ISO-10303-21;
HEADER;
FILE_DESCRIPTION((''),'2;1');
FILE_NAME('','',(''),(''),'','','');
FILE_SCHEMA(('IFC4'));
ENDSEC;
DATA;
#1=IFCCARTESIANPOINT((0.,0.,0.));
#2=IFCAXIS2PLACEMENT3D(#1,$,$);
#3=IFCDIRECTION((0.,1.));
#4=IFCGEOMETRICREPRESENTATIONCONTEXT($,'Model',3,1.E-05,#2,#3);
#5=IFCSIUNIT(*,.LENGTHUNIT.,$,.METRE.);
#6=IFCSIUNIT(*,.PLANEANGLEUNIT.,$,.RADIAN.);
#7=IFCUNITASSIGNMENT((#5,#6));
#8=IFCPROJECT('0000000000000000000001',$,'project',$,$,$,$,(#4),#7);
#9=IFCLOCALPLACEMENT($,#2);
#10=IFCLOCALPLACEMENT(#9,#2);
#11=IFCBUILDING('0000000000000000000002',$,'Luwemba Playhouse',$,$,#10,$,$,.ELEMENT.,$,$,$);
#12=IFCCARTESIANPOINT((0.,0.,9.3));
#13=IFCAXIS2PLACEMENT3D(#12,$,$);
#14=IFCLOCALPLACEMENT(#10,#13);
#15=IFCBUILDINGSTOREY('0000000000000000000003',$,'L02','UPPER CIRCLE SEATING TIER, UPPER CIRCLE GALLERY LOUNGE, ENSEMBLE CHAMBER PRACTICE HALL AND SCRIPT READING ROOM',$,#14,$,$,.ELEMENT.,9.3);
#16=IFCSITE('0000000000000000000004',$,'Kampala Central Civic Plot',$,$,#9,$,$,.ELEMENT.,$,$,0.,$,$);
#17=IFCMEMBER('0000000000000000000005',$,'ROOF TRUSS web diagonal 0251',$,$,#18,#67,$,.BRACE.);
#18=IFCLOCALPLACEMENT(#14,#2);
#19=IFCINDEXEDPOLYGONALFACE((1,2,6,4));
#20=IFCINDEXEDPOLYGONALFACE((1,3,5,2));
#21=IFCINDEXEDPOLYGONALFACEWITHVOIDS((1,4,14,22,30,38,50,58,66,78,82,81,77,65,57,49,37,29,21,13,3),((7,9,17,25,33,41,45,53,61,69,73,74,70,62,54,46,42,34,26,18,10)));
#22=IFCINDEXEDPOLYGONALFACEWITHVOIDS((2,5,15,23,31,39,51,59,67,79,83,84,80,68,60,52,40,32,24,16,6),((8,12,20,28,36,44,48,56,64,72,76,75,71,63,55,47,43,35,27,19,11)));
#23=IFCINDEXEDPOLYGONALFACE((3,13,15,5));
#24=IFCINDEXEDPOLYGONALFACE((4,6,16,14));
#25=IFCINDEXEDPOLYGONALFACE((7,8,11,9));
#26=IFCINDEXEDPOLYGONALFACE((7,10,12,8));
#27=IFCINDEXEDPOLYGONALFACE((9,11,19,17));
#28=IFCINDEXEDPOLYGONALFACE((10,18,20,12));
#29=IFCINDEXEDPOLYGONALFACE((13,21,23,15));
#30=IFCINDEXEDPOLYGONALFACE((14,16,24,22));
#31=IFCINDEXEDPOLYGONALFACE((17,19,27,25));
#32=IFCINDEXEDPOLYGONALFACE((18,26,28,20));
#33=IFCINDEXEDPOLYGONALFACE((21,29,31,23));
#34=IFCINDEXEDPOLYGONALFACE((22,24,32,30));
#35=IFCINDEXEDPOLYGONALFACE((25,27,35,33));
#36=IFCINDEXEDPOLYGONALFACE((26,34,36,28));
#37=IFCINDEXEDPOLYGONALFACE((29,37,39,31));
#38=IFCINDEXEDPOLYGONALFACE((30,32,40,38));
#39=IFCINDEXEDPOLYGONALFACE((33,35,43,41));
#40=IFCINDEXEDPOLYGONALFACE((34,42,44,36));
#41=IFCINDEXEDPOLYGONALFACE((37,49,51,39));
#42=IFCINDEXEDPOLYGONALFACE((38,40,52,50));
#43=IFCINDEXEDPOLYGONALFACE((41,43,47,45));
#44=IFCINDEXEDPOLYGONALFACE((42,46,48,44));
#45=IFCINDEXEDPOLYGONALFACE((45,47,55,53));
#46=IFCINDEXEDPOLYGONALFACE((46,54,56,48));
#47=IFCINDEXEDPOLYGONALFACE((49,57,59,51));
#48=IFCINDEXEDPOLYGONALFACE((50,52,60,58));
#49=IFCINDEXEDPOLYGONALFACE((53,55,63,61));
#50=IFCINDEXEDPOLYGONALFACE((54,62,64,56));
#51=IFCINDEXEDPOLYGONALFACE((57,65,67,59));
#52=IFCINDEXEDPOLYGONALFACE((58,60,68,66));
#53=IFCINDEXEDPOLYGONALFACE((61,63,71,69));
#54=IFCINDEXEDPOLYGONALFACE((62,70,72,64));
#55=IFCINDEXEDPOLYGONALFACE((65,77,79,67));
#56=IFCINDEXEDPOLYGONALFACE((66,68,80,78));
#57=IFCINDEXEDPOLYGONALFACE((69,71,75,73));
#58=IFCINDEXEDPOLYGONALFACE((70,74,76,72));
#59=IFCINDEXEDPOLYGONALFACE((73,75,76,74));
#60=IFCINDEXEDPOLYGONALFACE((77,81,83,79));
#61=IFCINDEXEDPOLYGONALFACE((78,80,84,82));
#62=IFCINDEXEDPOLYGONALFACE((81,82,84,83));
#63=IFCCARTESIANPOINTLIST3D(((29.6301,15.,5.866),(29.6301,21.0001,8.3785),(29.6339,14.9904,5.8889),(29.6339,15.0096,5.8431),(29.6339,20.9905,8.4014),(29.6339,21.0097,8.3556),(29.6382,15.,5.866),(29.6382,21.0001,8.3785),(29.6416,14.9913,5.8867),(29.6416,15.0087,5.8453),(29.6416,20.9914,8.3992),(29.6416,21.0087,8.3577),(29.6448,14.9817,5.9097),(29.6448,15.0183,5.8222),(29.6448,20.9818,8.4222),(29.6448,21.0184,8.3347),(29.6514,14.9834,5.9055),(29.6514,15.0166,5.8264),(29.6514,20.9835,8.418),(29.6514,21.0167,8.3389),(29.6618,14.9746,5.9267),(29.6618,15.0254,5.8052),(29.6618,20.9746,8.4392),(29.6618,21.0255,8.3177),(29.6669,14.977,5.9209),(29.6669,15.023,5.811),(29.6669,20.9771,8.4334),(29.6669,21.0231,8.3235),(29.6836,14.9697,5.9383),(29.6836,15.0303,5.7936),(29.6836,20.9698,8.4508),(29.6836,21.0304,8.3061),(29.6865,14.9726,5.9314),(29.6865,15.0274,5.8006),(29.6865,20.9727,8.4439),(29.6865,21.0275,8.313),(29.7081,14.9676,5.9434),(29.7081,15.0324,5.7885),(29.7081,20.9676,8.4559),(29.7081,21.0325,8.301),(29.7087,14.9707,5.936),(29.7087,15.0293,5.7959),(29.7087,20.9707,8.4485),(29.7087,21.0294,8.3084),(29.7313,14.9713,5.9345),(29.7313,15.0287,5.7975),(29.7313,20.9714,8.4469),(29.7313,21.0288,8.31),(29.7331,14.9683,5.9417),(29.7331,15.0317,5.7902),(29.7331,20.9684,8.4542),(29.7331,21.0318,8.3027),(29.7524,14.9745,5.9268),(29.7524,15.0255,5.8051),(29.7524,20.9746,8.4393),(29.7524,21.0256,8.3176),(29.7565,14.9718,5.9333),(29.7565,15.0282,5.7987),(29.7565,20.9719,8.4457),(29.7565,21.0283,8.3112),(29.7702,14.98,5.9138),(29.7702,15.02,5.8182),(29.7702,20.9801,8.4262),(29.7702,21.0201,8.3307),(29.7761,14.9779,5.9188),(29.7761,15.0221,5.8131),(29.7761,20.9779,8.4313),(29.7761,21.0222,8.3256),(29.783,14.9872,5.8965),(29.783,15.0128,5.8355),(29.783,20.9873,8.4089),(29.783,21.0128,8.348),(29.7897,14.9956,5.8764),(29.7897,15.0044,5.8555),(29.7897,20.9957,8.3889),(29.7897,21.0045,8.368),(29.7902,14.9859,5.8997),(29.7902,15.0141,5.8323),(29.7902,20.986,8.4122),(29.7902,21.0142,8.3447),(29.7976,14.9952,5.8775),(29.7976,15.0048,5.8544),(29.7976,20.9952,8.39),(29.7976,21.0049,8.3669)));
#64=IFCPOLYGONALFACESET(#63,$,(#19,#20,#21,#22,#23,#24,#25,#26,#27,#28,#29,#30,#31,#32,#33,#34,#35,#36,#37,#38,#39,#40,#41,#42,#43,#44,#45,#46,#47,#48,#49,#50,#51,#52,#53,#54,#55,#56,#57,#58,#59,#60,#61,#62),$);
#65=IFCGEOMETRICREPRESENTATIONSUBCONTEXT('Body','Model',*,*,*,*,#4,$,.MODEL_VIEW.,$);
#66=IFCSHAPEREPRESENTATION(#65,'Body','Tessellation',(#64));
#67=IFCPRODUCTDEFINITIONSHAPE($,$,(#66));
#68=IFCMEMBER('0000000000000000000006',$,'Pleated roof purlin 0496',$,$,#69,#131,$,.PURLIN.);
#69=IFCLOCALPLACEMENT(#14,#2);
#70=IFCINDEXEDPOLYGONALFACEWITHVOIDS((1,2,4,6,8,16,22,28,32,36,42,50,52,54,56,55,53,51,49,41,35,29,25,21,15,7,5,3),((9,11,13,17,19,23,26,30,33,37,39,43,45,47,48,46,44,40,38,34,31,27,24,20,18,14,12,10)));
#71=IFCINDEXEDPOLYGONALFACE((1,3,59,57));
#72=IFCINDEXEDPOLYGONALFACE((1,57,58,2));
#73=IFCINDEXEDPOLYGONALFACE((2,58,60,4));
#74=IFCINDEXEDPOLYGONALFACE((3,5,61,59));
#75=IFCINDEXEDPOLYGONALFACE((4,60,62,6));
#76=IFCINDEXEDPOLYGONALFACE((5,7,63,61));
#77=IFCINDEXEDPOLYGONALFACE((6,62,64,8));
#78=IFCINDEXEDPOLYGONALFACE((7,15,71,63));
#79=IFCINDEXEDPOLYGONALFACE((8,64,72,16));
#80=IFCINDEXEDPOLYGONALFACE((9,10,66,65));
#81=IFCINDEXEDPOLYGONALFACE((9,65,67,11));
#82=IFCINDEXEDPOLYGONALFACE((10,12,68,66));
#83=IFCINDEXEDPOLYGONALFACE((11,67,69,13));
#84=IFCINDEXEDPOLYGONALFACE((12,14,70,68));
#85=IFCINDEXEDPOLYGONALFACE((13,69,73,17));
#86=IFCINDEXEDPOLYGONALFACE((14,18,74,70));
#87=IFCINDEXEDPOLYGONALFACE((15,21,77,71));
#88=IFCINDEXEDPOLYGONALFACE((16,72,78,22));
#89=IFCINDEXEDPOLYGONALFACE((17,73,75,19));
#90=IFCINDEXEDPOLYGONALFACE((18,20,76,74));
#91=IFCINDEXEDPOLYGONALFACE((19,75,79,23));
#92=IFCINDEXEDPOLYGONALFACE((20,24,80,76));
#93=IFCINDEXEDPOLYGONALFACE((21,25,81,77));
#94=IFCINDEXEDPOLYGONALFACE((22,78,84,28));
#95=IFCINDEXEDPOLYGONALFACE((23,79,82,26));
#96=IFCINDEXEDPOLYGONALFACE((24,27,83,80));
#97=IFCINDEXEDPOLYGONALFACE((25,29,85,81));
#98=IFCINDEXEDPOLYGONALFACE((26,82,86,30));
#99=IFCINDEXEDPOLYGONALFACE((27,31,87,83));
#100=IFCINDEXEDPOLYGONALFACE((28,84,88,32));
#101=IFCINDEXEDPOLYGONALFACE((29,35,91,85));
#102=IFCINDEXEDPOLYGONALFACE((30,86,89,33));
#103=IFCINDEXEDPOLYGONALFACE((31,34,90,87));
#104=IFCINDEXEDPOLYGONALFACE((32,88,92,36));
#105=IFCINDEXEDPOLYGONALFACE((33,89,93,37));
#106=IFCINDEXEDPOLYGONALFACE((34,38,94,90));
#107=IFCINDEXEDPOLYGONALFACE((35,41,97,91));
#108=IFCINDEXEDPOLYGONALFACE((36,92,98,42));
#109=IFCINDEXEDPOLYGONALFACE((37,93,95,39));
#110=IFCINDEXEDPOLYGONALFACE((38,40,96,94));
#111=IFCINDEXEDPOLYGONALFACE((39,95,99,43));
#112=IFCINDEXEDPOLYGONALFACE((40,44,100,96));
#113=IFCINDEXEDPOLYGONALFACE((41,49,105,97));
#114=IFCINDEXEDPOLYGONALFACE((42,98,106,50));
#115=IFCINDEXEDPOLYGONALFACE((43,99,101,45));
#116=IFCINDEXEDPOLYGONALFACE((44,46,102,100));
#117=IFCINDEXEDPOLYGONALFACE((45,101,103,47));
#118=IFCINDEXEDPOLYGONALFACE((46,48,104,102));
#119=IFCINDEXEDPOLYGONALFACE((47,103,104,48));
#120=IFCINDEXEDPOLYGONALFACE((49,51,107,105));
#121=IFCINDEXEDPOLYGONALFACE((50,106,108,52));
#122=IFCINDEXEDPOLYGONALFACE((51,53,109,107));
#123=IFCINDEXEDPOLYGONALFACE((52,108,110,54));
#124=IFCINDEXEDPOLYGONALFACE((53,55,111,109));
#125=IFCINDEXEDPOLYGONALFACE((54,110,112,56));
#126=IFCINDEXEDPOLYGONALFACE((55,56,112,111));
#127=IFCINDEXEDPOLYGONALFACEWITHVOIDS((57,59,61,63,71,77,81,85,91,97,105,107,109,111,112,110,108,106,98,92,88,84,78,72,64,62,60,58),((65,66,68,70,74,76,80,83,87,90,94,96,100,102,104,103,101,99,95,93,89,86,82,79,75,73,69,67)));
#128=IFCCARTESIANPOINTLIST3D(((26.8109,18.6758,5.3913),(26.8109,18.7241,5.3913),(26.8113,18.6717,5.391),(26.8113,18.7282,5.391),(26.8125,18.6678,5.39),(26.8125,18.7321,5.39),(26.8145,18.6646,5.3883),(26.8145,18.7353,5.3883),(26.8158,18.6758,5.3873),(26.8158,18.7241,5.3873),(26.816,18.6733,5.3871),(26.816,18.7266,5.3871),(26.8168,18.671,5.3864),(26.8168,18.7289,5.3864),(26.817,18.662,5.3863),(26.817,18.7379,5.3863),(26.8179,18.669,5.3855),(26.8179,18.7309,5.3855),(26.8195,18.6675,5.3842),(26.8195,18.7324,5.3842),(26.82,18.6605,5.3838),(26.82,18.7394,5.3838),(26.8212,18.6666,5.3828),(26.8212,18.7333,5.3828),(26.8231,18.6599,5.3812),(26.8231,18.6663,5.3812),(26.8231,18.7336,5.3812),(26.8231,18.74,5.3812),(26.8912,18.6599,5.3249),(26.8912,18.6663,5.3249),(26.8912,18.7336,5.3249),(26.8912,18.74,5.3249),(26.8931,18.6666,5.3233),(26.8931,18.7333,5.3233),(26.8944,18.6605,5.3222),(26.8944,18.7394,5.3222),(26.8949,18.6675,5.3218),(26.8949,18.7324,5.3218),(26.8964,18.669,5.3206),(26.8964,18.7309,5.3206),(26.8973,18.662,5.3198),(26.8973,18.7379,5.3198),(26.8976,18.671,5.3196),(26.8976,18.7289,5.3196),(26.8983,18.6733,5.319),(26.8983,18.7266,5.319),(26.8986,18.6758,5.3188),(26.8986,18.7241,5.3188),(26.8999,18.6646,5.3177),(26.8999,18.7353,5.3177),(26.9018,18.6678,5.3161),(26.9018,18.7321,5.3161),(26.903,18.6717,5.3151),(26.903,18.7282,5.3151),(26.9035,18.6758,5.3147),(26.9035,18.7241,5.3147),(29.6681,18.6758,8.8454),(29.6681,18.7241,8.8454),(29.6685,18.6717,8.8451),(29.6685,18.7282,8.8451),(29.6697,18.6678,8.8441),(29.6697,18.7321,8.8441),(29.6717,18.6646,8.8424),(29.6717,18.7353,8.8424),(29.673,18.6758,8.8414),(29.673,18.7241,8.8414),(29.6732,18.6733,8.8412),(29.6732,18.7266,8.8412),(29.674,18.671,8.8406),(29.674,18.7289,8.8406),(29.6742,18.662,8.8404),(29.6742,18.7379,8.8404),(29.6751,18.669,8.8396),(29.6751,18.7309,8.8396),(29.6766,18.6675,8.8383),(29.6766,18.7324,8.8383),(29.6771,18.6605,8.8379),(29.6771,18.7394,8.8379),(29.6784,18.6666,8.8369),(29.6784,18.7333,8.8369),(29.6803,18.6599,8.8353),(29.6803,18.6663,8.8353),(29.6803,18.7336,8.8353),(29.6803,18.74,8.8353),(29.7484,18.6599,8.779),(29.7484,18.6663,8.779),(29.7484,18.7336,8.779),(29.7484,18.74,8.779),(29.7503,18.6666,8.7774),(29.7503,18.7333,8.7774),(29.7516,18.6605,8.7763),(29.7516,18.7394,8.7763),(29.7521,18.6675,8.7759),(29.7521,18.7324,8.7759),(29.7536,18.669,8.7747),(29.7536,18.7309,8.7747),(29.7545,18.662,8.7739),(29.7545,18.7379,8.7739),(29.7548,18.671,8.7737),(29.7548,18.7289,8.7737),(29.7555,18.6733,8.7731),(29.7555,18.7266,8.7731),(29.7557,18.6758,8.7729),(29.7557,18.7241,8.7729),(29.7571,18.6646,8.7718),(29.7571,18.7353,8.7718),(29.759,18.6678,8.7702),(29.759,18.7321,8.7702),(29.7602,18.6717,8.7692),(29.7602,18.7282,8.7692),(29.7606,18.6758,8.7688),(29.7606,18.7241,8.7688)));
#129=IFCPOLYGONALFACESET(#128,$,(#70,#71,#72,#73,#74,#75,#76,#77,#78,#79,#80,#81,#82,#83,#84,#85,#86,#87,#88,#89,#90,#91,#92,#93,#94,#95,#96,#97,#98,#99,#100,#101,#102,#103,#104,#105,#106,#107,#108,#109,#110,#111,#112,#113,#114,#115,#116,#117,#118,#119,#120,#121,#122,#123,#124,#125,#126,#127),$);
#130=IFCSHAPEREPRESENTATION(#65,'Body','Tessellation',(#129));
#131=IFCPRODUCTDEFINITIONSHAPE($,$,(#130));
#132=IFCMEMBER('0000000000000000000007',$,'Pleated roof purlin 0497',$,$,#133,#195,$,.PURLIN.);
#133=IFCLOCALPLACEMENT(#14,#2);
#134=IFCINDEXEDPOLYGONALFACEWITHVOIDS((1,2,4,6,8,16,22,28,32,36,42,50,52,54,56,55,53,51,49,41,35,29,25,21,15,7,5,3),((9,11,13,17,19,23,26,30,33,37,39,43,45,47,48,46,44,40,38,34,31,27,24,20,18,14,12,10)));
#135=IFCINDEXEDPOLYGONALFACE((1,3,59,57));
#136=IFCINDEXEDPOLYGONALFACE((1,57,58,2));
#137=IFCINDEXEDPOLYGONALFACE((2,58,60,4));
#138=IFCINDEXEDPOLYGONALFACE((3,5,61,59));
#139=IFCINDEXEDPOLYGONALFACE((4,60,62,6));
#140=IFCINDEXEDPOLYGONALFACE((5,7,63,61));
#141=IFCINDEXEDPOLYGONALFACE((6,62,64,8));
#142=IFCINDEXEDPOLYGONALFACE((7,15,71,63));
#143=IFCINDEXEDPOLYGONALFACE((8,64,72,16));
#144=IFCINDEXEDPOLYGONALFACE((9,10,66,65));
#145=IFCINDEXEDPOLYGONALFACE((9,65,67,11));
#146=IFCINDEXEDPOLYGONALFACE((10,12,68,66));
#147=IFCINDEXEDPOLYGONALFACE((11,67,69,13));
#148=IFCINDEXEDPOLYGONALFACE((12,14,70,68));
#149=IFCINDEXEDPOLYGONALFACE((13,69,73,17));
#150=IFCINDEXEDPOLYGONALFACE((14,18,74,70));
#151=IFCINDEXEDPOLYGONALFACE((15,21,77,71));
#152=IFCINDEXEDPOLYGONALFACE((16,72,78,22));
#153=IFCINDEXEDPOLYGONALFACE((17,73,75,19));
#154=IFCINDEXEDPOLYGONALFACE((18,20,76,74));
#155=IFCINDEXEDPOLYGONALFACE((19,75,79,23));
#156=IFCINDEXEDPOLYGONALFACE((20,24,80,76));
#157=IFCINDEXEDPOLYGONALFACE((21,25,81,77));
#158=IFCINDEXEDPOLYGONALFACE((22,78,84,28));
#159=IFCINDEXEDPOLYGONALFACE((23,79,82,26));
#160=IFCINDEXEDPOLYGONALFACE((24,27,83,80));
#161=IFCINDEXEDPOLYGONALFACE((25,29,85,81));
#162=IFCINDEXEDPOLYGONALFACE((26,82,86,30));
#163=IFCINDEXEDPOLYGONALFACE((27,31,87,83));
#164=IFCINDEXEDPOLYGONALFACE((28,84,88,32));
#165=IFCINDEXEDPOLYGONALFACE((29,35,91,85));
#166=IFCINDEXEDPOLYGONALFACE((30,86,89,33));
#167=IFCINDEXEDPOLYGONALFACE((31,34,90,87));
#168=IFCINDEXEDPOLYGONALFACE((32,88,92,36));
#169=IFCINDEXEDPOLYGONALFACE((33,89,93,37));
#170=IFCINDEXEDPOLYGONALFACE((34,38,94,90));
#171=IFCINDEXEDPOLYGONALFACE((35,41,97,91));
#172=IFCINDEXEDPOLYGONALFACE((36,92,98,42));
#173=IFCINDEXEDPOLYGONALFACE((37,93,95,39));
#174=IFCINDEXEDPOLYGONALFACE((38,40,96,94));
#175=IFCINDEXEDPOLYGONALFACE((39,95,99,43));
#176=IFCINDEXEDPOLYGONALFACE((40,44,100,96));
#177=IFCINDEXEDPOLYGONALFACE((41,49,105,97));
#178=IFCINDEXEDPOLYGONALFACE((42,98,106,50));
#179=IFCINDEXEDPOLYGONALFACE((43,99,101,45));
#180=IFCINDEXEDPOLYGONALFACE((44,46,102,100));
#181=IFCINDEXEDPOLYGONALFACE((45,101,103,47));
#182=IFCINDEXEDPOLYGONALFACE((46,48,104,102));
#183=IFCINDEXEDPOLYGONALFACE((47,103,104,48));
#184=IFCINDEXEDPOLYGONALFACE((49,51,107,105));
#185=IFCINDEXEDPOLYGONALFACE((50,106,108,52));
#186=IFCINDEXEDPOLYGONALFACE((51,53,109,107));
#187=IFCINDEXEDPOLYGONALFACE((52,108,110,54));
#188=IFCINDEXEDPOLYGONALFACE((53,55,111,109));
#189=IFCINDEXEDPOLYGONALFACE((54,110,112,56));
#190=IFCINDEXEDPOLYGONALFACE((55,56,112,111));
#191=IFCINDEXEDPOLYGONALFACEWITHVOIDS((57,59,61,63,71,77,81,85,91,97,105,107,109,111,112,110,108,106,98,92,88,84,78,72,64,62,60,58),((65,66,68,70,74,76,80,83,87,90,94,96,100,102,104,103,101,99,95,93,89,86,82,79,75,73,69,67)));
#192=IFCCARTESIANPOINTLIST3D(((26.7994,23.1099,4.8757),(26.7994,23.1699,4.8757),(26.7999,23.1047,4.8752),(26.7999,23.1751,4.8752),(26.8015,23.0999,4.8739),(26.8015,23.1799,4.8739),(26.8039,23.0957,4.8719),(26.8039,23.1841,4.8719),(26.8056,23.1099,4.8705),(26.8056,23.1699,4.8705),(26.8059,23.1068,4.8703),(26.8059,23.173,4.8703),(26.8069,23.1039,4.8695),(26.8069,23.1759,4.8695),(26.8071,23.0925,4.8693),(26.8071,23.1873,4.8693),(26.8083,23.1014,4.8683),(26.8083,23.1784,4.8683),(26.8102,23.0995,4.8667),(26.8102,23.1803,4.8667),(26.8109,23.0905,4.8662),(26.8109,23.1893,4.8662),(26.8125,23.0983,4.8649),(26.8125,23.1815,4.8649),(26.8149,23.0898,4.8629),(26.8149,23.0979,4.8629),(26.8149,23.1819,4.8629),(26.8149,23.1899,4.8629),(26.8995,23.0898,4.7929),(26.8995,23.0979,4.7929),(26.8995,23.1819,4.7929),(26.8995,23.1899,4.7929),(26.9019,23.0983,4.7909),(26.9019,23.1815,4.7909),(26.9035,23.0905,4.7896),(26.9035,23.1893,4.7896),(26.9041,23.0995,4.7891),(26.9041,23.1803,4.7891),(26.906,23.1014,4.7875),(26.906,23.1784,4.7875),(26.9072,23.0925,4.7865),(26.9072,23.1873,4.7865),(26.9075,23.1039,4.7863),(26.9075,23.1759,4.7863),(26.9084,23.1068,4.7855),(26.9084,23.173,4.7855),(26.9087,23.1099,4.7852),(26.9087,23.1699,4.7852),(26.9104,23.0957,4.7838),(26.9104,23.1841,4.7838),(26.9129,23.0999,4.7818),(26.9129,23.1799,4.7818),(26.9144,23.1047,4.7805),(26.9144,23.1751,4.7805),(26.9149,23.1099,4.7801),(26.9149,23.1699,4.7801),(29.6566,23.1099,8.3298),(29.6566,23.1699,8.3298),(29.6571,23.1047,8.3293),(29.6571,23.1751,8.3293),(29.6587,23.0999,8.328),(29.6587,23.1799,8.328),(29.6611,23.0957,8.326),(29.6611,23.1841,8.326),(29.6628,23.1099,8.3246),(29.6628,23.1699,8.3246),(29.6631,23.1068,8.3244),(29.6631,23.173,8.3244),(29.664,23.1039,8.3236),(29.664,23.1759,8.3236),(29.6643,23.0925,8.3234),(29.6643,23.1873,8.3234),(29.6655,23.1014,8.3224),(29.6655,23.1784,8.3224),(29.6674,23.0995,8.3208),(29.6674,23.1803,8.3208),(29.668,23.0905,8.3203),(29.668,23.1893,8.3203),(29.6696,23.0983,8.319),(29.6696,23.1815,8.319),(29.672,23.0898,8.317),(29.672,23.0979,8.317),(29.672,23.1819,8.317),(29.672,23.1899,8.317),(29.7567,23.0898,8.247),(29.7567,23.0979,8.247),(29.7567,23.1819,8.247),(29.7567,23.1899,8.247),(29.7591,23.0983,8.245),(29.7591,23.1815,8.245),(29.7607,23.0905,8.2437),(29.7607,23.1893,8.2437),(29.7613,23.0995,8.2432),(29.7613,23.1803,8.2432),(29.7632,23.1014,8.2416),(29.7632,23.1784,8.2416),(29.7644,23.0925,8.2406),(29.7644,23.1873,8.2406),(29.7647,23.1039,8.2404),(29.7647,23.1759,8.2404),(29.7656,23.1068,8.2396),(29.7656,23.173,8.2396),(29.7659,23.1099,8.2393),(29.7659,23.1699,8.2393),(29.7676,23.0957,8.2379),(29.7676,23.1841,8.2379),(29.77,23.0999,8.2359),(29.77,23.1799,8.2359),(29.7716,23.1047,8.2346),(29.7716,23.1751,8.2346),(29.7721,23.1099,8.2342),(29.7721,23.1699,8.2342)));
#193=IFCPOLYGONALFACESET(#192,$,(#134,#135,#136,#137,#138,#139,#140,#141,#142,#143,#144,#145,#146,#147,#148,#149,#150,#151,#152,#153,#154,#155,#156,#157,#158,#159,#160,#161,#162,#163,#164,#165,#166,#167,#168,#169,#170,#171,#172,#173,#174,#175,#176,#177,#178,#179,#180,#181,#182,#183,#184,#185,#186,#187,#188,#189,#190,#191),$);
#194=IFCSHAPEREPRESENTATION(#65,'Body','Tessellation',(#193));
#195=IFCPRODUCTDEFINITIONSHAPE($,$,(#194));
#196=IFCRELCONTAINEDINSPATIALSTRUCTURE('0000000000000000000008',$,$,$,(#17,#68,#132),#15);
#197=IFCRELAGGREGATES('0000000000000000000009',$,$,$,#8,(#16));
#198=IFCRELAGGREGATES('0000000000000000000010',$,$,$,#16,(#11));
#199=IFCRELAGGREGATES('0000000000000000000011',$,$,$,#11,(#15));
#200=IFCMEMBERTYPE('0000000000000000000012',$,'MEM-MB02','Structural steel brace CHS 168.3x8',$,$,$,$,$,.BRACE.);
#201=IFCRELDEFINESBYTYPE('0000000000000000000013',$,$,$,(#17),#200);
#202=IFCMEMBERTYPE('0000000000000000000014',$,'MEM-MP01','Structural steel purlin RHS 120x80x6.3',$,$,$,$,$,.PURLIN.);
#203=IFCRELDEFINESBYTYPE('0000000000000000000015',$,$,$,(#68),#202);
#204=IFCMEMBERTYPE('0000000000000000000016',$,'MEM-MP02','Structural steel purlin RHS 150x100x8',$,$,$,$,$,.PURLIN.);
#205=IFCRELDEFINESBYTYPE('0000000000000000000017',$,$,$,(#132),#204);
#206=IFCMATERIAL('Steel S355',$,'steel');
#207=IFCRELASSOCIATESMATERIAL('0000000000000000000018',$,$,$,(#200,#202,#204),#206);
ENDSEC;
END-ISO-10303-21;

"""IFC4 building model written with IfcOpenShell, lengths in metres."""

from ifc_helpers import new_model, si_unit, direction, frame, origin, origin_2d, place, context, subcontext, project, spatial, hollow_rectangle, hollow_circle, extrude, material, material_profile, profile_set, type_object, element, save


model = new_model("IFC4")

# Units and contexts
model_context = context("Model", 3, precision=1e-05, world=origin(), true_north=direction((0.0, 1.0)))
body_context = subcontext(model_context, "Body", "Model", "MODEL_VIEW")
ifc_project = project(units=[si_unit("LENGTHUNIT", "METRE"), si_unit("PLANEANGLEUNIT", "RADIAN")], contexts=[model_context])

# Site, building, storey
site_placement = place(None, origin())
site = spatial("IfcSite", under=ifc_project, at=site_placement, Name="Kampala Central Civic Plot", CompositionType="ELEMENT", RefElevation=0.0)
building_placement = place(site_placement, origin())
building = spatial("IfcBuilding", under=site, at=building_placement, Name="Luwemba Playhouse", CompositionType="ELEMENT")
storey_placement = place(building_placement, frame((0.0, 0.0, 9.3)))
storey = spatial("IfcBuildingStorey", under=building, at=storey_placement, Name="L02", Description="UPPER CIRCLE SEATING TIER, UPPER CIRCLE GALLERY LOUNGE, ENSEMBLE CHAMBER PRACTICE HALL AND SCRIPT READING ROOM", CompositionType="ELEMENT", Elevation=9.3)

# Shared definitions
ifc_material_1 = material(Name="Steel S355", Category="steel")

# Members
ifc_material_profile_1 = material_profile(ifc_material_1, hollow_circle(Radius=0.0842, WallThickness=0.0081, at=origin_2d()))
ifc_profile_set_1 = profile_set([ifc_material_profile_1], Name="Steel S355")
member_type_1 = type_object("IfcMemberType", Name="MEM-MB02", Description="Structural steel brace CHS 168.3x8", PredefinedType="BRACE", material=ifc_profile_set_1)
member_1_placement = place(storey_placement, frame((29.7144, 15.0, 5.866), z_axis=(0.0, 0.922396, 0.386246), x_axis=(-1.0, 0.0, 0.0)))
element("IfcMember", 1, at=member_1_placement, inside=storey, type_object=member_type_1, Name="ROOF TRUSS web diagonal 0251", PredefinedType="BRACE", context=body_context, shape_type="SweptSolid", body=[
    extrude(hollow_circle(Radius=0.0842, WallThickness=0.0081, at=origin_2d()), origin(), (0.0, 0.0, 1.0), 6.5049),
])
ifc_material_profile_2 = material_profile(ifc_material_1, hollow_rectangle(XDim=0.0801, YDim=0.1201, WallThickness=0.0063, InnerFilletRadius=0.0095, OuterFilletRadius=0.0159, at=origin_2d()))
ifc_profile_set_2 = profile_set([ifc_material_profile_2], Name="Steel S355")
member_type_2 = type_object("IfcMemberType", Name="MEM-MP01", Description="Structural steel purlin RHS 120x80x6.3", PredefinedType="PURLIN", material=ifc_profile_set_2)
member_2_placement = place(storey_placement, frame((26.8572, 18.7, 5.353), z_axis=(0.637384, 0.0, 0.770547), x_axis=(0.0, 1.0, 0.0)))
element("IfcMember", 2, at=member_2_placement, inside=storey, type_object=member_type_2, Name="Pleated roof purlin 0496", PredefinedType="PURLIN", context=body_context, shape_type="SweptSolid", body=[
    extrude(hollow_rectangle(XDim=0.0801, YDim=0.1201, WallThickness=0.0063, InnerFilletRadius=0.0095, OuterFilletRadius=0.0159, at=origin_2d()), origin(), (0.0, 0.0, 1.0), 4.4827),
])
ifc_material_profile_3 = material_profile(ifc_material_1, hollow_rectangle(XDim=0.1001, YDim=0.1499, WallThickness=0.0081, InnerFilletRadius=0.012, OuterFilletRadius=0.02, at=origin_2d()))
ifc_profile_set_3 = profile_set([ifc_material_profile_3], Name="Steel S355")
member_type_3 = type_object("IfcMemberType", Name="MEM-MP02", Description="Structural steel purlin RHS 150x100x8", PredefinedType="PURLIN", material=ifc_profile_set_3)
member_3_placement = place(storey_placement, frame((26.8572, 23.1399, 4.8279), z_axis=(0.637384, 0.0, 0.770547), x_axis=(0.0, 1.0, 0.0)))
element("IfcMember", 3, at=member_3_placement, inside=storey, type_object=member_type_3, Name="Pleated roof purlin 0497", PredefinedType="PURLIN", context=body_context, shape_type="SweptSolid", body=[
    extrude(hollow_rectangle(XDim=0.1001, YDim=0.1499, WallThickness=0.0081, InnerFilletRadius=0.012, OuterFilletRadius=0.02, at=origin_2d()), origin(), (0.0, 0.0, 1.0), 4.4827),
])

save(model, "model.ifc")
